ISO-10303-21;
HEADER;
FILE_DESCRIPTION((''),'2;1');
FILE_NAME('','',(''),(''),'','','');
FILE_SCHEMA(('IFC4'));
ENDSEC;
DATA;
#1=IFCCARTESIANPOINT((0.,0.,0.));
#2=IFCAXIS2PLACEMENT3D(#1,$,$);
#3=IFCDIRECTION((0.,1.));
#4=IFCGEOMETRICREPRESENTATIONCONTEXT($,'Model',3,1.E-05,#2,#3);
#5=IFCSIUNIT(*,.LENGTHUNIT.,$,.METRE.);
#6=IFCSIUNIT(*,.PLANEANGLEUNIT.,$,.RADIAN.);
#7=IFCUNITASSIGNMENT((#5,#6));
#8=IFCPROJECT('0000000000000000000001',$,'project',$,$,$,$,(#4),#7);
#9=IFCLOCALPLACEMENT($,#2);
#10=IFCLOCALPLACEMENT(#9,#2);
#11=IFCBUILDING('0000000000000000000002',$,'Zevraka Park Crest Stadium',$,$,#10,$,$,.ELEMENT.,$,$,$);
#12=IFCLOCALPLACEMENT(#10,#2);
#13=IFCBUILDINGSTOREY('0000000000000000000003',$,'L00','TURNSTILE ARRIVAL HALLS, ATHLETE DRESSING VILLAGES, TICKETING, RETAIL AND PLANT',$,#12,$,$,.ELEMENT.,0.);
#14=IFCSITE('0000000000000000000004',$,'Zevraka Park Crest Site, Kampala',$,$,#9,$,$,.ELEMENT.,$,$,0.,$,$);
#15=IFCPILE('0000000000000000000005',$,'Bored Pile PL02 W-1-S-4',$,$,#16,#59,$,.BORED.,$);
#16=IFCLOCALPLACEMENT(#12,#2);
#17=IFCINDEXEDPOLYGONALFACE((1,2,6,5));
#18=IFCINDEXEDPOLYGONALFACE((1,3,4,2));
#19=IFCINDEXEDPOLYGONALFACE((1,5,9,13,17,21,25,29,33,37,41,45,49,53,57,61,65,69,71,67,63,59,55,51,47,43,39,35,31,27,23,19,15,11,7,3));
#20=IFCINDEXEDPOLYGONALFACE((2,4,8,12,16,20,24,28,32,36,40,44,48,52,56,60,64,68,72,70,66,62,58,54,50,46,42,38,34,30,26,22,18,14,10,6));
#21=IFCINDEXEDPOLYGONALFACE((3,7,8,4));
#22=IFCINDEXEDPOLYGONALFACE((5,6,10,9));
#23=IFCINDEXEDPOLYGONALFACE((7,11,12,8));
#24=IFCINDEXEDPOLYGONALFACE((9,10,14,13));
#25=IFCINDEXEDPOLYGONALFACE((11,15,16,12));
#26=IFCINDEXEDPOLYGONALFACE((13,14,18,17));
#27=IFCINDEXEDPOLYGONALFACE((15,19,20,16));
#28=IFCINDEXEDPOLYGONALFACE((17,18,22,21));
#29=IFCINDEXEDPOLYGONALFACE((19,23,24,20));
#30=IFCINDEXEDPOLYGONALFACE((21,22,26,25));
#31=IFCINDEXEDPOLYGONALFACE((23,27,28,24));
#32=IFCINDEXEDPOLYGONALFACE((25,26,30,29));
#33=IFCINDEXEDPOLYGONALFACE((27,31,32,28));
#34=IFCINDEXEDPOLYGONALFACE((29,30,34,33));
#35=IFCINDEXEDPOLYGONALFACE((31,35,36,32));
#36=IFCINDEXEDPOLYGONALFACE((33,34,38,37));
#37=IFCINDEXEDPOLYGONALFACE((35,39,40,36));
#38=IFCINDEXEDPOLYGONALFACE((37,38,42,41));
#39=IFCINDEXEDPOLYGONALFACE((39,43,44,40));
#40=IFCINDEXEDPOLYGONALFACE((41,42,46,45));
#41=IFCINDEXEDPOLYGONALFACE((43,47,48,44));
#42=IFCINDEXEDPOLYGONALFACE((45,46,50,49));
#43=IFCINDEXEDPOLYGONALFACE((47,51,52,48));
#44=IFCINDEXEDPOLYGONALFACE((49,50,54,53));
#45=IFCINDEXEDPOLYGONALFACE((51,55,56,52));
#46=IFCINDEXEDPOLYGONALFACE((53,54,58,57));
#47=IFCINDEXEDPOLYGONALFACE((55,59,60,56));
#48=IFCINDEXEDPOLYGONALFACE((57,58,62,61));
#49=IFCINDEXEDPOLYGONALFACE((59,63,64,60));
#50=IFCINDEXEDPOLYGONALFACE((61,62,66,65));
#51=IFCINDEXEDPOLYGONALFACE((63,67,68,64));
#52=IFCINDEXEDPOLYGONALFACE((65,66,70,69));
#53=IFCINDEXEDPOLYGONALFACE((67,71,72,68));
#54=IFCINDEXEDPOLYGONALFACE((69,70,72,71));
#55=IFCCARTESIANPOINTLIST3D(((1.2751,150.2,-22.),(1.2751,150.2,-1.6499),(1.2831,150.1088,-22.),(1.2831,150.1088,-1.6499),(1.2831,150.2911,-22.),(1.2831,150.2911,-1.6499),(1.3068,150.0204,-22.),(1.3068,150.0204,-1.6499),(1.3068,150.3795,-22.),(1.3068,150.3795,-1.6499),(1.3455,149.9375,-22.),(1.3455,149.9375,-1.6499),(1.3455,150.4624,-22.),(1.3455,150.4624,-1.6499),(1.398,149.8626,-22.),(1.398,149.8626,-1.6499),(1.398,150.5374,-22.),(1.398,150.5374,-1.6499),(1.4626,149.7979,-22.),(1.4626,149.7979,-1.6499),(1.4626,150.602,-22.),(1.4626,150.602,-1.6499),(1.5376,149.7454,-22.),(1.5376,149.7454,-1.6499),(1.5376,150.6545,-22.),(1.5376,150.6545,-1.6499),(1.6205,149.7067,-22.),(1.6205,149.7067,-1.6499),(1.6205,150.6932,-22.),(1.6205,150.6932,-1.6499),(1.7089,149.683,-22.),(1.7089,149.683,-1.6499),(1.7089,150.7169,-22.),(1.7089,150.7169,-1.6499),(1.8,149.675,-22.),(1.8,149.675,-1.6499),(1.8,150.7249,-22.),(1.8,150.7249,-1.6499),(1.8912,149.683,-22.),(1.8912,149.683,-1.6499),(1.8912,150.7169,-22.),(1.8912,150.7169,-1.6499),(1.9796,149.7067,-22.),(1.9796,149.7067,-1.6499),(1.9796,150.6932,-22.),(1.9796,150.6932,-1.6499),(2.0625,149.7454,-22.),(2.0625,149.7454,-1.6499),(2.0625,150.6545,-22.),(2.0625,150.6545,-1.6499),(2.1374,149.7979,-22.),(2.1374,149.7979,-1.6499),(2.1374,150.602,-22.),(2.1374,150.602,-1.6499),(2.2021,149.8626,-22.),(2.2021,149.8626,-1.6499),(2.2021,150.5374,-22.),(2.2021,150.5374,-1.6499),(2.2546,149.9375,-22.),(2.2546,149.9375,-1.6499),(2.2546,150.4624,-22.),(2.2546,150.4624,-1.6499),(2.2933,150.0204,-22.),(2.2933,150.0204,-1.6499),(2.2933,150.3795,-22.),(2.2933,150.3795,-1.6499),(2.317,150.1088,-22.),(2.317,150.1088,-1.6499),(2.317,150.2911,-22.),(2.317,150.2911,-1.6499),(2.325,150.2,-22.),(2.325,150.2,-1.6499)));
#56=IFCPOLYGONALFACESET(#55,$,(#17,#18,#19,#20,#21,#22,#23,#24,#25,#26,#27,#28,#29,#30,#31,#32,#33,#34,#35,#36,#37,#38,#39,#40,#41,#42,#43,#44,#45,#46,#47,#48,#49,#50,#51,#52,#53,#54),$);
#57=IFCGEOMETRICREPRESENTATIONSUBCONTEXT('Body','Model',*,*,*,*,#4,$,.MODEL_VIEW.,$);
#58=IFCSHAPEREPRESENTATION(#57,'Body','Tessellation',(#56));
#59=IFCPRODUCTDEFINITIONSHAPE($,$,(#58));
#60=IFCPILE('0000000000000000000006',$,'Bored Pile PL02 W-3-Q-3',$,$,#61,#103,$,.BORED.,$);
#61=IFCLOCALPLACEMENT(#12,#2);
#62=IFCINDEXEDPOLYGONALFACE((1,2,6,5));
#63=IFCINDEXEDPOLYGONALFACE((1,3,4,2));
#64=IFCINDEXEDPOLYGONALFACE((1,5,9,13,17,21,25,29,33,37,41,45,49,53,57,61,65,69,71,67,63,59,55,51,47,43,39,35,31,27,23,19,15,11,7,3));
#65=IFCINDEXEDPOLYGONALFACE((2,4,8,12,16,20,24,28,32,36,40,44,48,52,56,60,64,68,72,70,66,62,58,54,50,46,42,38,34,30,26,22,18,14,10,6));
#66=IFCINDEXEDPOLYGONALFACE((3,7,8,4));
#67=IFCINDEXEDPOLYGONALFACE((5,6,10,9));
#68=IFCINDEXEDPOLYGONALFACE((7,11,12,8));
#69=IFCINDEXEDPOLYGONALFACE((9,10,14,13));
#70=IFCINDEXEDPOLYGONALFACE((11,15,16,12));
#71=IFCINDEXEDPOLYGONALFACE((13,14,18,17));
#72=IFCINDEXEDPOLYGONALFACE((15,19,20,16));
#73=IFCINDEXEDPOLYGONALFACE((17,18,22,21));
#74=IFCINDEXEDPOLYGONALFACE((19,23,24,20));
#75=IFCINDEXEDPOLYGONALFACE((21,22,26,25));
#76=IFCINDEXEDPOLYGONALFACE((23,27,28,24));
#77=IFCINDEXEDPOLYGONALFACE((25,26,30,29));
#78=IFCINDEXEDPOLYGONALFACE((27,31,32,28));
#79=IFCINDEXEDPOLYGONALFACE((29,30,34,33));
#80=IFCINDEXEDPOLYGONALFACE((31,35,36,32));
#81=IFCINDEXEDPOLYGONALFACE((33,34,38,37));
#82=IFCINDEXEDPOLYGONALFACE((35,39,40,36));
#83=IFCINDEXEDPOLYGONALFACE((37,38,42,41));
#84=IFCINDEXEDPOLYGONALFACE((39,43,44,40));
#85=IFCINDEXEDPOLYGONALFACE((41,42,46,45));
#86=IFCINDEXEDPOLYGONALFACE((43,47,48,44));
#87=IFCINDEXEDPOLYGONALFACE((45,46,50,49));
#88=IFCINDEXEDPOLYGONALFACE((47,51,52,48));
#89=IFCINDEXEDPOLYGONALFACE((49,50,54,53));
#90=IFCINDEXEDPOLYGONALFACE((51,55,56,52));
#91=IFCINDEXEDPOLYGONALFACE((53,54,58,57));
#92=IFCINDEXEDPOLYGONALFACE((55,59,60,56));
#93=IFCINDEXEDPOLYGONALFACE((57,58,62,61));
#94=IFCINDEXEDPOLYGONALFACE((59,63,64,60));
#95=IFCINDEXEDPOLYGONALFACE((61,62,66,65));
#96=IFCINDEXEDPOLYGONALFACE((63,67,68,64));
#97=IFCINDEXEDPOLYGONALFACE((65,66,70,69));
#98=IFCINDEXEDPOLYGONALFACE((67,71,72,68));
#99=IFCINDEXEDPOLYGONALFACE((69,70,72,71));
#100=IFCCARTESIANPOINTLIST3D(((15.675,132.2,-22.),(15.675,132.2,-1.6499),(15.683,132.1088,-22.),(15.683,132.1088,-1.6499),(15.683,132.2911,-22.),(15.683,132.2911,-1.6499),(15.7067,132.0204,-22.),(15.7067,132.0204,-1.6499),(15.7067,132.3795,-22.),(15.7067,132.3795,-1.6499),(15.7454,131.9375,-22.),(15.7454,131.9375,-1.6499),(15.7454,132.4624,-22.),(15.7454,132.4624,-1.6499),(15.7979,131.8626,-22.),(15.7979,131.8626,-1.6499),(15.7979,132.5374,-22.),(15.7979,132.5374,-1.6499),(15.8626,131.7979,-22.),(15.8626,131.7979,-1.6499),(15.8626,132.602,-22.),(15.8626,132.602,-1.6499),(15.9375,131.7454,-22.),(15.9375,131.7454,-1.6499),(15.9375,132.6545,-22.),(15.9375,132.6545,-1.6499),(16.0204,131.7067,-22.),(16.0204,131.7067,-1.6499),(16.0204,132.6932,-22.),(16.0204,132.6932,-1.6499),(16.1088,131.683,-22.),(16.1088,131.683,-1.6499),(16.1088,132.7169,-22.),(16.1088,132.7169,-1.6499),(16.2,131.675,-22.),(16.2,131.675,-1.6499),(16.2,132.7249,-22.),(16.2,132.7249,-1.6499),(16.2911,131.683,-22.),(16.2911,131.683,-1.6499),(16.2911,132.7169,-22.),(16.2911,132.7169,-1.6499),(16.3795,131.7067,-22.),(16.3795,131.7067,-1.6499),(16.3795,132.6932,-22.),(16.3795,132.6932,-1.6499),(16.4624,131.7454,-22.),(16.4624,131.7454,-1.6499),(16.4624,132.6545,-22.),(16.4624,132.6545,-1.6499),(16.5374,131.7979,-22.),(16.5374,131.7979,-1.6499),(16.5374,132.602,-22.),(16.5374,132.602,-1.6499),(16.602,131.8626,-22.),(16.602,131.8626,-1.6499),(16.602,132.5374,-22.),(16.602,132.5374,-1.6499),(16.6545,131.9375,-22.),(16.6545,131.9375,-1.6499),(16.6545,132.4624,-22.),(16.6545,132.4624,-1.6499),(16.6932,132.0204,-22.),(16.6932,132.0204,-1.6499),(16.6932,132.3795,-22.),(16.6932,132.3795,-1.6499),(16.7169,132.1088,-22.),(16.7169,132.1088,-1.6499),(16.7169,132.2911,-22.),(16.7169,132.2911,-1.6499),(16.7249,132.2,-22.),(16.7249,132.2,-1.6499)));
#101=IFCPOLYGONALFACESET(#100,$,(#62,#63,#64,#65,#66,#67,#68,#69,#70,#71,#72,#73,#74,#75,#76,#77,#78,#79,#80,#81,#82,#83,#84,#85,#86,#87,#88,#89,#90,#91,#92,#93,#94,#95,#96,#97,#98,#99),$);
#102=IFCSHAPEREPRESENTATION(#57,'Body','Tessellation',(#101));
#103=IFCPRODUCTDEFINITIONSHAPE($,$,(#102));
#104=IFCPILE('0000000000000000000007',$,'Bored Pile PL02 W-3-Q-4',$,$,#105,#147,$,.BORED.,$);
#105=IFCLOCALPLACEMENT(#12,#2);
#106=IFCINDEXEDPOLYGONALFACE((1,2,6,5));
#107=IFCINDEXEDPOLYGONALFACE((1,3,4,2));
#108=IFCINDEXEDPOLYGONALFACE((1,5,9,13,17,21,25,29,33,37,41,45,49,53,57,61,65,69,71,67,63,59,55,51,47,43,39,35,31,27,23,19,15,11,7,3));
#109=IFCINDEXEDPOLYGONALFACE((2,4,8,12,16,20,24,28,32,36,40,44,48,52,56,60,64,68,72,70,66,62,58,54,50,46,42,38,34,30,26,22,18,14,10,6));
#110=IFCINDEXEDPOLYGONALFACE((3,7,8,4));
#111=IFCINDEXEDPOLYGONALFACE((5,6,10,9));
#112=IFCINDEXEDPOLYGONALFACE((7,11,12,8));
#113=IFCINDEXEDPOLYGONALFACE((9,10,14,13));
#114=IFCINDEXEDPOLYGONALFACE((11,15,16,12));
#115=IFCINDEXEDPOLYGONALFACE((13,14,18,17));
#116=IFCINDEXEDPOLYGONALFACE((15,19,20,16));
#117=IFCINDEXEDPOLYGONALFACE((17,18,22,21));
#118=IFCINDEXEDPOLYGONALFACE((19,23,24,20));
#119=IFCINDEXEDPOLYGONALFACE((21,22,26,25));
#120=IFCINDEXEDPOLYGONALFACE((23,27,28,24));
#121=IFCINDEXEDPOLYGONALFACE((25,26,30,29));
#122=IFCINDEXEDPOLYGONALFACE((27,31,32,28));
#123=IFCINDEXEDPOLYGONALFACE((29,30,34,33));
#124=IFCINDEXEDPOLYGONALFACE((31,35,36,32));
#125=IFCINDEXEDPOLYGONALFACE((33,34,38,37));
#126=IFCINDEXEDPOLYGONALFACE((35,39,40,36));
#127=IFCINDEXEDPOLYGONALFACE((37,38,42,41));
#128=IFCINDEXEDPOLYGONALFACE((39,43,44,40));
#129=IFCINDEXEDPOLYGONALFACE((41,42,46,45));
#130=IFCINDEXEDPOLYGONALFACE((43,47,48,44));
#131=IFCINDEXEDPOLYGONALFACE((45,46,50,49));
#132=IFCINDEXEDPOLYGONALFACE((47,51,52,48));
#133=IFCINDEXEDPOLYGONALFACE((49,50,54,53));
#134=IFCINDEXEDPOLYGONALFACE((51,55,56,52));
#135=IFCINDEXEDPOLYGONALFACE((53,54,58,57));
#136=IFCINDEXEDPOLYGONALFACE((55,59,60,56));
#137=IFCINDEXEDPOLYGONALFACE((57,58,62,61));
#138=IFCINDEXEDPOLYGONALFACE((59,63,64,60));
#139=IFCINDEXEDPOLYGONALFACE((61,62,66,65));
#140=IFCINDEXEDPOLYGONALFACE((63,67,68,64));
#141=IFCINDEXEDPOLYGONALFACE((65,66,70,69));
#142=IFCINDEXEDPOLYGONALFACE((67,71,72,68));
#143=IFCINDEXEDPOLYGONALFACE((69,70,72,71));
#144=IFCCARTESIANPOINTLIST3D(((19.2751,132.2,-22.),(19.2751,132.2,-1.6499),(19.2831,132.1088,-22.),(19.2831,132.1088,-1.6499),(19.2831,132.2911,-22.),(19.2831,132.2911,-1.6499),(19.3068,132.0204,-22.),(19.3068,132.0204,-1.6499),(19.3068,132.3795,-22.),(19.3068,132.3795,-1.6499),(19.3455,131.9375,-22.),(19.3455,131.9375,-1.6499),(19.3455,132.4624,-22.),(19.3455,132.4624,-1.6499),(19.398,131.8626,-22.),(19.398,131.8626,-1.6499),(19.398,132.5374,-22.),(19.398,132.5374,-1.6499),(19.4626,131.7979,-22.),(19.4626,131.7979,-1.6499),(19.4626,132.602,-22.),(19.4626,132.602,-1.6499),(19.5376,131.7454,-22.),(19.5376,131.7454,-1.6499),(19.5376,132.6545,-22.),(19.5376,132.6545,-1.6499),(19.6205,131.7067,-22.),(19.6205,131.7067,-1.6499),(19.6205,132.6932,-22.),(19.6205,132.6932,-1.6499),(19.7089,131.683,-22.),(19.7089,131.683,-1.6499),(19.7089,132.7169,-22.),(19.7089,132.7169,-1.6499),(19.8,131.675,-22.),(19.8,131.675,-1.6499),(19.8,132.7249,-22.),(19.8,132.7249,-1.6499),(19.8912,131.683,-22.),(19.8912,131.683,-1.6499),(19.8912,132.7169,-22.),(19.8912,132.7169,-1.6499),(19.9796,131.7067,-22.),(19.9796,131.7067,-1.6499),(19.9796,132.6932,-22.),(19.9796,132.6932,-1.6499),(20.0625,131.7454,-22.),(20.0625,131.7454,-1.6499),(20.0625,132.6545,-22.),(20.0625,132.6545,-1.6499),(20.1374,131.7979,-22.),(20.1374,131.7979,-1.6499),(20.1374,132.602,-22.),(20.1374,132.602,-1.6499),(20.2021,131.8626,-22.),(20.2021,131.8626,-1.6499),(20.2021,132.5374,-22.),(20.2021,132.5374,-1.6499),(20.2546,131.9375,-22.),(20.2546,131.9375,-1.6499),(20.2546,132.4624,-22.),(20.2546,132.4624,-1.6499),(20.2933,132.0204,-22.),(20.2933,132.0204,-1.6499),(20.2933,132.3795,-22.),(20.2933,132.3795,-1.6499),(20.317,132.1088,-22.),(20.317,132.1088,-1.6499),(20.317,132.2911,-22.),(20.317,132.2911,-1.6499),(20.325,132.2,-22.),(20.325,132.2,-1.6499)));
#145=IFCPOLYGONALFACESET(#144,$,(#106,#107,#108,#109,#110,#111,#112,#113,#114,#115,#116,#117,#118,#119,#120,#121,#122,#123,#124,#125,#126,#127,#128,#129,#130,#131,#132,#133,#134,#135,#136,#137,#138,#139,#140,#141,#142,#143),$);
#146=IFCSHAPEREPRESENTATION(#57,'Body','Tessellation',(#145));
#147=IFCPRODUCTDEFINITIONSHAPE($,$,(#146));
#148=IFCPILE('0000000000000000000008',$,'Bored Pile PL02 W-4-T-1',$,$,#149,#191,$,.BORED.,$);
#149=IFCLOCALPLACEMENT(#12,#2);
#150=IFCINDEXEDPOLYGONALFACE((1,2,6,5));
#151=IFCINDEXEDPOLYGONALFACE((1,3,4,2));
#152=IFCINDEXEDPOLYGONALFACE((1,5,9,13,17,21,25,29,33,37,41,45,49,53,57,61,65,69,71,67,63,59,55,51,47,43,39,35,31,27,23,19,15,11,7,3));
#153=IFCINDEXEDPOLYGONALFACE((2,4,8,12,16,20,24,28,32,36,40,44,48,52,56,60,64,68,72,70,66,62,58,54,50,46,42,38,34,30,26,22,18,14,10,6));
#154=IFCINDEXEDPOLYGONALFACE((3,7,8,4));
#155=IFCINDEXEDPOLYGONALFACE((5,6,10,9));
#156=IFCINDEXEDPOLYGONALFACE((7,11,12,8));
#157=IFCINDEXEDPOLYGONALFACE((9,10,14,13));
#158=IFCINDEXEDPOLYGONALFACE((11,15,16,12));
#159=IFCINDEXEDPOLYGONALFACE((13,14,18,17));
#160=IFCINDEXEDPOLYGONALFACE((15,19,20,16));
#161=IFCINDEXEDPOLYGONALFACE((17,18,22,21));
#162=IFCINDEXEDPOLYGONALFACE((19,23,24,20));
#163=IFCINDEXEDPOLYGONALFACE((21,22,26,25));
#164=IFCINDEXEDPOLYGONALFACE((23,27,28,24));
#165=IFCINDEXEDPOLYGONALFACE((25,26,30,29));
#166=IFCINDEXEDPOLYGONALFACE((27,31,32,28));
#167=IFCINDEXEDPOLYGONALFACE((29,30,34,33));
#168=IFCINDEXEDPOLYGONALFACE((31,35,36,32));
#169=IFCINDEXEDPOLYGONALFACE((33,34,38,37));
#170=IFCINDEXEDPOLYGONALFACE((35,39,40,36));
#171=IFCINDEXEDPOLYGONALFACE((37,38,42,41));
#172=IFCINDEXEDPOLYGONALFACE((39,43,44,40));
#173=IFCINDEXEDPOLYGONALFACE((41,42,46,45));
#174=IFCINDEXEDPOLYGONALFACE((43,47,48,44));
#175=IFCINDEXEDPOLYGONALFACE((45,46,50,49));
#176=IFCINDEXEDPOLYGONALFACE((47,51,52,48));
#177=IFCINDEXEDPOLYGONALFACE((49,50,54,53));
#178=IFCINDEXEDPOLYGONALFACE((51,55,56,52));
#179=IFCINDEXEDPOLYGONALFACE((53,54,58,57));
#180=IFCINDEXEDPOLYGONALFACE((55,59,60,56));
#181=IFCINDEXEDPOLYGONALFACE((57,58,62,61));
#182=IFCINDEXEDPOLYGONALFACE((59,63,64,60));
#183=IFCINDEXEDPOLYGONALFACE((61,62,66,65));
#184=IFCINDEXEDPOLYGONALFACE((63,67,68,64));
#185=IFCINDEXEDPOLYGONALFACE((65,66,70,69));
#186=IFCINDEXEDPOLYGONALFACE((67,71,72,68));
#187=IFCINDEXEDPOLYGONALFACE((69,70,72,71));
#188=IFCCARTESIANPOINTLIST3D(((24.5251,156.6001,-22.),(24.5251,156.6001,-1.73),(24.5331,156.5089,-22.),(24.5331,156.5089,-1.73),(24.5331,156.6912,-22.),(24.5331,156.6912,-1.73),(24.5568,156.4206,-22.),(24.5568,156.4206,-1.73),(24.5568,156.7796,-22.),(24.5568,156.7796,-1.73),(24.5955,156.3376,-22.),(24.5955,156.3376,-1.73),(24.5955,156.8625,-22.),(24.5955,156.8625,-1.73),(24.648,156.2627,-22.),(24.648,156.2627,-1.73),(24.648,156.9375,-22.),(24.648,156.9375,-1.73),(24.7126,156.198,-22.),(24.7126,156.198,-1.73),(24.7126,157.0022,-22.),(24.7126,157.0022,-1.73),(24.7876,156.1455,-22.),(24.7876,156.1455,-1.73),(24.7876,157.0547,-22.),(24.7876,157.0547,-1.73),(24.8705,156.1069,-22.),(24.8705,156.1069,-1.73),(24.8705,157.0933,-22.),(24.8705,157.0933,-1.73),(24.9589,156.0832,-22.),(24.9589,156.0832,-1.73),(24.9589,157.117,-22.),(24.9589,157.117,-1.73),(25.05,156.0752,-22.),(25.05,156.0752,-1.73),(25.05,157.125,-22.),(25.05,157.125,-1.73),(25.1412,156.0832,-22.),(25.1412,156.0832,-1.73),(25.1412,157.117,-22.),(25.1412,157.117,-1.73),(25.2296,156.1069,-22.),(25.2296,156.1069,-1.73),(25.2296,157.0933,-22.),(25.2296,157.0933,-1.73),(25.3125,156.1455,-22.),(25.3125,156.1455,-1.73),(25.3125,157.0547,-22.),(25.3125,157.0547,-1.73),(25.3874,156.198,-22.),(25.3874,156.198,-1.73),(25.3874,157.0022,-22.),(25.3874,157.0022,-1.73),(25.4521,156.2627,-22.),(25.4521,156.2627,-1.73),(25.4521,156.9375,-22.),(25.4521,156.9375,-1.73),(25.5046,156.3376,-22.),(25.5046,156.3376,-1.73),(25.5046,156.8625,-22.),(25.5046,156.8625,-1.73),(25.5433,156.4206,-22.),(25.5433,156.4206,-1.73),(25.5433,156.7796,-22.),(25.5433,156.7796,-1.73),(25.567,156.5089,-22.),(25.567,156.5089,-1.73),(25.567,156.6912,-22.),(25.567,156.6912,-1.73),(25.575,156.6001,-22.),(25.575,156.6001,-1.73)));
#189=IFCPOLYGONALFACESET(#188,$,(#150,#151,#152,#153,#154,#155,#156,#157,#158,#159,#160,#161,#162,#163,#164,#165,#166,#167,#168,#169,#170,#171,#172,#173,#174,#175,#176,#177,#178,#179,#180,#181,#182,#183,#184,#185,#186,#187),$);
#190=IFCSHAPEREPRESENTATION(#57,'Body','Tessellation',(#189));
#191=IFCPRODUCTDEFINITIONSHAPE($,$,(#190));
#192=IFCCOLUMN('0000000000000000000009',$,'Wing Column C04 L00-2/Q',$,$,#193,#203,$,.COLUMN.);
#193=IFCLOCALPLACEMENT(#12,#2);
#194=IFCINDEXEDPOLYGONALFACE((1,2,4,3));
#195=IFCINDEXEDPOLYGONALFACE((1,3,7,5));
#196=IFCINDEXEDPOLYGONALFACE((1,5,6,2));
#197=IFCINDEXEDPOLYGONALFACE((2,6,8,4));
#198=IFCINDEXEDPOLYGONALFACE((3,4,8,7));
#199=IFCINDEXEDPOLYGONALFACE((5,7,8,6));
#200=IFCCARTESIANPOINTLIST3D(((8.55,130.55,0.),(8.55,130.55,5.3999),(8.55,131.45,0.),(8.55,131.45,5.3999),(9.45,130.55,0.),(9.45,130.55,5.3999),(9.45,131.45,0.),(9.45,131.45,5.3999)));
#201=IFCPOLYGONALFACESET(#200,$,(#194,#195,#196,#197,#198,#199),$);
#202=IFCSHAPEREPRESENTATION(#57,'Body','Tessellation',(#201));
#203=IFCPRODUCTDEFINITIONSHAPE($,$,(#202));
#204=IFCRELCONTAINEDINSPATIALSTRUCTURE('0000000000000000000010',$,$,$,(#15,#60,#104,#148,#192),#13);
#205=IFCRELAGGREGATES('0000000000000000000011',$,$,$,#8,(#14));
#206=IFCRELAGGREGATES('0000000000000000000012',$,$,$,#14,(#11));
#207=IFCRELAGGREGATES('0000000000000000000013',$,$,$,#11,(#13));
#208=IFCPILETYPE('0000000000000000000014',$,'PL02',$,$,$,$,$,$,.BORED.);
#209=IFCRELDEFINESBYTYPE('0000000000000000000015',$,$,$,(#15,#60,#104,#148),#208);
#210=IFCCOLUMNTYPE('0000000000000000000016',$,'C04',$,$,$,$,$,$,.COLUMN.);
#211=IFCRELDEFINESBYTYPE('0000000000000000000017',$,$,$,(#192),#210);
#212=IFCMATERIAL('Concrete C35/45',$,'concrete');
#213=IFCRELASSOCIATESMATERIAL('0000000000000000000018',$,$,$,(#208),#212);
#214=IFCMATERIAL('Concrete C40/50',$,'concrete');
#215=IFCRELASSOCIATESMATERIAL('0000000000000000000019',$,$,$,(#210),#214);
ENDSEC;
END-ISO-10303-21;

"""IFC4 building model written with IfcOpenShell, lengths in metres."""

from ifc_helpers import new_model, si_unit, direction, frame, origin, origin_2d, place, context, subcontext, project, spatial, rectangle, circle, extrude, material, material_profile, profile_set, type_object, element, save


model = new_model("IFC4")

# Units and contexts
model_context = context("Model", 3, precision=1e-05, world=origin(), true_north=direction((0.0, 1.0)))
body_context = subcontext(model_context, "Body", "Model", "MODEL_VIEW")
ifc_project = project(units=[si_unit("LENGTHUNIT", "METRE"), si_unit("PLANEANGLEUNIT", "RADIAN")], contexts=[model_context])

# Site, building, storey
site_placement = place(None, origin())
site = spatial("IfcSite", under=ifc_project, at=site_placement, Name="Zevraka Park Crest Site, Kampala", CompositionType="ELEMENT", RefElevation=0.0)
building_placement = place(site_placement, origin())
building = spatial("IfcBuilding", under=site, at=building_placement, Name="Zevraka Park Crest Stadium", CompositionType="ELEMENT")
storey_placement = place(building_placement, origin())
storey = spatial("IfcBuildingStorey", under=building, at=storey_placement, Name="L00", Description="TURNSTILE ARRIVAL HALLS, ATHLETE DRESSING VILLAGES, TICKETING, RETAIL AND PLANT", CompositionType="ELEMENT", Elevation=0.0)

# Piles
ifc_material_1 = material(Name="Concrete C35/45", Category="concrete")
ifc_material_profile_1 = material_profile(ifc_material_1, circle(Radius=0.5249, at=origin_2d()), Name="PILE D1050")
ifc_profile_set_1 = profile_set([ifc_material_profile_1], Name="Concrete C35/45")
pile_type_1 = type_object("IfcPileType", Name="PL02", PredefinedType="BORED", material=ifc_profile_set_1)
for number, where, z_axis, x_axis, name in (
    (1, (1.8, 150.2, -1.6499), (0.0, 0.0, -1.0), (1.0, 0.0, 0.0), "Bored Pile PL02 W-1-S-4"),
    (2, (16.2, 132.2, -1.6499), (0.0, 0.0, -1.0), (1.0, 0.0, 0.0), "Bored Pile PL02 W-3-Q-3"),
    (3, (19.8, 132.2, -1.6499), (0.0, 0.0, -1.0), (1.0, 0.0, 0.0), "Bored Pile PL02 W-3-Q-4"),
):
    element("IfcPile", number, at=place(storey_placement, frame(where, z_axis=z_axis, x_axis=x_axis)), inside=storey, type_object=pile_type_1, Name=name, PredefinedType="BORED", context=body_context, shape_type="SweptSolid", body=[
        extrude(circle(Radius=0.5249, at=origin_2d()), origin(), (0.0, 0.0, 1.0), 20.3501),
    ])
pile_1_placement = place(storey_placement, frame((25.05, 156.6001, -1.73), z_axis=(0.0, 0.0, -1.0), x_axis=(1.0, 0.0, 0.0)))
element("IfcPile", 4, at=pile_1_placement, inside=storey, type_object=pile_type_1, Name="Bored Pile PL02 W-4-T-1", PredefinedType="BORED", context=body_context, shape_type="SweptSolid", body=[
    extrude(circle(Radius=0.5249, at=origin_2d()), origin(), (0.0, 0.0, 1.0), 20.27),
])

# Column
ifc_material_2 = material(Name="Concrete C40/50", Category="concrete")
ifc_material_profile_2 = material_profile(ifc_material_2, rectangle(XDim=0.8999, YDim=0.8999, at=origin_2d()), Name="RC 900x900")
ifc_profile_set_2 = profile_set([ifc_material_profile_2], Name="Concrete C40/50")
column_type = type_object("IfcColumnType", Name="C04", PredefinedType="COLUMN", material=ifc_profile_set_2)
for number, where, z_axis, x_axis, name in (
    (5, (9.0, 131.0, 0.0), (0.0, 0.0, 1.0), (1.0, 0.0, 0.0), "Wing Column C04 L00-2/Q"),
):
    element("IfcColumn", number, at=place(storey_placement, frame(where, z_axis=z_axis, x_axis=x_axis)), inside=storey, type_object=column_type, Name=name, PredefinedType="COLUMN", context=body_context, shape_type="SweptSolid", body=[
        extrude(rectangle(XDim=0.8999, YDim=0.8999, at=origin_2d()), origin(), (0.0, 0.0, 1.0), 5.3999),
    ])

save(model, "model.ifc")
